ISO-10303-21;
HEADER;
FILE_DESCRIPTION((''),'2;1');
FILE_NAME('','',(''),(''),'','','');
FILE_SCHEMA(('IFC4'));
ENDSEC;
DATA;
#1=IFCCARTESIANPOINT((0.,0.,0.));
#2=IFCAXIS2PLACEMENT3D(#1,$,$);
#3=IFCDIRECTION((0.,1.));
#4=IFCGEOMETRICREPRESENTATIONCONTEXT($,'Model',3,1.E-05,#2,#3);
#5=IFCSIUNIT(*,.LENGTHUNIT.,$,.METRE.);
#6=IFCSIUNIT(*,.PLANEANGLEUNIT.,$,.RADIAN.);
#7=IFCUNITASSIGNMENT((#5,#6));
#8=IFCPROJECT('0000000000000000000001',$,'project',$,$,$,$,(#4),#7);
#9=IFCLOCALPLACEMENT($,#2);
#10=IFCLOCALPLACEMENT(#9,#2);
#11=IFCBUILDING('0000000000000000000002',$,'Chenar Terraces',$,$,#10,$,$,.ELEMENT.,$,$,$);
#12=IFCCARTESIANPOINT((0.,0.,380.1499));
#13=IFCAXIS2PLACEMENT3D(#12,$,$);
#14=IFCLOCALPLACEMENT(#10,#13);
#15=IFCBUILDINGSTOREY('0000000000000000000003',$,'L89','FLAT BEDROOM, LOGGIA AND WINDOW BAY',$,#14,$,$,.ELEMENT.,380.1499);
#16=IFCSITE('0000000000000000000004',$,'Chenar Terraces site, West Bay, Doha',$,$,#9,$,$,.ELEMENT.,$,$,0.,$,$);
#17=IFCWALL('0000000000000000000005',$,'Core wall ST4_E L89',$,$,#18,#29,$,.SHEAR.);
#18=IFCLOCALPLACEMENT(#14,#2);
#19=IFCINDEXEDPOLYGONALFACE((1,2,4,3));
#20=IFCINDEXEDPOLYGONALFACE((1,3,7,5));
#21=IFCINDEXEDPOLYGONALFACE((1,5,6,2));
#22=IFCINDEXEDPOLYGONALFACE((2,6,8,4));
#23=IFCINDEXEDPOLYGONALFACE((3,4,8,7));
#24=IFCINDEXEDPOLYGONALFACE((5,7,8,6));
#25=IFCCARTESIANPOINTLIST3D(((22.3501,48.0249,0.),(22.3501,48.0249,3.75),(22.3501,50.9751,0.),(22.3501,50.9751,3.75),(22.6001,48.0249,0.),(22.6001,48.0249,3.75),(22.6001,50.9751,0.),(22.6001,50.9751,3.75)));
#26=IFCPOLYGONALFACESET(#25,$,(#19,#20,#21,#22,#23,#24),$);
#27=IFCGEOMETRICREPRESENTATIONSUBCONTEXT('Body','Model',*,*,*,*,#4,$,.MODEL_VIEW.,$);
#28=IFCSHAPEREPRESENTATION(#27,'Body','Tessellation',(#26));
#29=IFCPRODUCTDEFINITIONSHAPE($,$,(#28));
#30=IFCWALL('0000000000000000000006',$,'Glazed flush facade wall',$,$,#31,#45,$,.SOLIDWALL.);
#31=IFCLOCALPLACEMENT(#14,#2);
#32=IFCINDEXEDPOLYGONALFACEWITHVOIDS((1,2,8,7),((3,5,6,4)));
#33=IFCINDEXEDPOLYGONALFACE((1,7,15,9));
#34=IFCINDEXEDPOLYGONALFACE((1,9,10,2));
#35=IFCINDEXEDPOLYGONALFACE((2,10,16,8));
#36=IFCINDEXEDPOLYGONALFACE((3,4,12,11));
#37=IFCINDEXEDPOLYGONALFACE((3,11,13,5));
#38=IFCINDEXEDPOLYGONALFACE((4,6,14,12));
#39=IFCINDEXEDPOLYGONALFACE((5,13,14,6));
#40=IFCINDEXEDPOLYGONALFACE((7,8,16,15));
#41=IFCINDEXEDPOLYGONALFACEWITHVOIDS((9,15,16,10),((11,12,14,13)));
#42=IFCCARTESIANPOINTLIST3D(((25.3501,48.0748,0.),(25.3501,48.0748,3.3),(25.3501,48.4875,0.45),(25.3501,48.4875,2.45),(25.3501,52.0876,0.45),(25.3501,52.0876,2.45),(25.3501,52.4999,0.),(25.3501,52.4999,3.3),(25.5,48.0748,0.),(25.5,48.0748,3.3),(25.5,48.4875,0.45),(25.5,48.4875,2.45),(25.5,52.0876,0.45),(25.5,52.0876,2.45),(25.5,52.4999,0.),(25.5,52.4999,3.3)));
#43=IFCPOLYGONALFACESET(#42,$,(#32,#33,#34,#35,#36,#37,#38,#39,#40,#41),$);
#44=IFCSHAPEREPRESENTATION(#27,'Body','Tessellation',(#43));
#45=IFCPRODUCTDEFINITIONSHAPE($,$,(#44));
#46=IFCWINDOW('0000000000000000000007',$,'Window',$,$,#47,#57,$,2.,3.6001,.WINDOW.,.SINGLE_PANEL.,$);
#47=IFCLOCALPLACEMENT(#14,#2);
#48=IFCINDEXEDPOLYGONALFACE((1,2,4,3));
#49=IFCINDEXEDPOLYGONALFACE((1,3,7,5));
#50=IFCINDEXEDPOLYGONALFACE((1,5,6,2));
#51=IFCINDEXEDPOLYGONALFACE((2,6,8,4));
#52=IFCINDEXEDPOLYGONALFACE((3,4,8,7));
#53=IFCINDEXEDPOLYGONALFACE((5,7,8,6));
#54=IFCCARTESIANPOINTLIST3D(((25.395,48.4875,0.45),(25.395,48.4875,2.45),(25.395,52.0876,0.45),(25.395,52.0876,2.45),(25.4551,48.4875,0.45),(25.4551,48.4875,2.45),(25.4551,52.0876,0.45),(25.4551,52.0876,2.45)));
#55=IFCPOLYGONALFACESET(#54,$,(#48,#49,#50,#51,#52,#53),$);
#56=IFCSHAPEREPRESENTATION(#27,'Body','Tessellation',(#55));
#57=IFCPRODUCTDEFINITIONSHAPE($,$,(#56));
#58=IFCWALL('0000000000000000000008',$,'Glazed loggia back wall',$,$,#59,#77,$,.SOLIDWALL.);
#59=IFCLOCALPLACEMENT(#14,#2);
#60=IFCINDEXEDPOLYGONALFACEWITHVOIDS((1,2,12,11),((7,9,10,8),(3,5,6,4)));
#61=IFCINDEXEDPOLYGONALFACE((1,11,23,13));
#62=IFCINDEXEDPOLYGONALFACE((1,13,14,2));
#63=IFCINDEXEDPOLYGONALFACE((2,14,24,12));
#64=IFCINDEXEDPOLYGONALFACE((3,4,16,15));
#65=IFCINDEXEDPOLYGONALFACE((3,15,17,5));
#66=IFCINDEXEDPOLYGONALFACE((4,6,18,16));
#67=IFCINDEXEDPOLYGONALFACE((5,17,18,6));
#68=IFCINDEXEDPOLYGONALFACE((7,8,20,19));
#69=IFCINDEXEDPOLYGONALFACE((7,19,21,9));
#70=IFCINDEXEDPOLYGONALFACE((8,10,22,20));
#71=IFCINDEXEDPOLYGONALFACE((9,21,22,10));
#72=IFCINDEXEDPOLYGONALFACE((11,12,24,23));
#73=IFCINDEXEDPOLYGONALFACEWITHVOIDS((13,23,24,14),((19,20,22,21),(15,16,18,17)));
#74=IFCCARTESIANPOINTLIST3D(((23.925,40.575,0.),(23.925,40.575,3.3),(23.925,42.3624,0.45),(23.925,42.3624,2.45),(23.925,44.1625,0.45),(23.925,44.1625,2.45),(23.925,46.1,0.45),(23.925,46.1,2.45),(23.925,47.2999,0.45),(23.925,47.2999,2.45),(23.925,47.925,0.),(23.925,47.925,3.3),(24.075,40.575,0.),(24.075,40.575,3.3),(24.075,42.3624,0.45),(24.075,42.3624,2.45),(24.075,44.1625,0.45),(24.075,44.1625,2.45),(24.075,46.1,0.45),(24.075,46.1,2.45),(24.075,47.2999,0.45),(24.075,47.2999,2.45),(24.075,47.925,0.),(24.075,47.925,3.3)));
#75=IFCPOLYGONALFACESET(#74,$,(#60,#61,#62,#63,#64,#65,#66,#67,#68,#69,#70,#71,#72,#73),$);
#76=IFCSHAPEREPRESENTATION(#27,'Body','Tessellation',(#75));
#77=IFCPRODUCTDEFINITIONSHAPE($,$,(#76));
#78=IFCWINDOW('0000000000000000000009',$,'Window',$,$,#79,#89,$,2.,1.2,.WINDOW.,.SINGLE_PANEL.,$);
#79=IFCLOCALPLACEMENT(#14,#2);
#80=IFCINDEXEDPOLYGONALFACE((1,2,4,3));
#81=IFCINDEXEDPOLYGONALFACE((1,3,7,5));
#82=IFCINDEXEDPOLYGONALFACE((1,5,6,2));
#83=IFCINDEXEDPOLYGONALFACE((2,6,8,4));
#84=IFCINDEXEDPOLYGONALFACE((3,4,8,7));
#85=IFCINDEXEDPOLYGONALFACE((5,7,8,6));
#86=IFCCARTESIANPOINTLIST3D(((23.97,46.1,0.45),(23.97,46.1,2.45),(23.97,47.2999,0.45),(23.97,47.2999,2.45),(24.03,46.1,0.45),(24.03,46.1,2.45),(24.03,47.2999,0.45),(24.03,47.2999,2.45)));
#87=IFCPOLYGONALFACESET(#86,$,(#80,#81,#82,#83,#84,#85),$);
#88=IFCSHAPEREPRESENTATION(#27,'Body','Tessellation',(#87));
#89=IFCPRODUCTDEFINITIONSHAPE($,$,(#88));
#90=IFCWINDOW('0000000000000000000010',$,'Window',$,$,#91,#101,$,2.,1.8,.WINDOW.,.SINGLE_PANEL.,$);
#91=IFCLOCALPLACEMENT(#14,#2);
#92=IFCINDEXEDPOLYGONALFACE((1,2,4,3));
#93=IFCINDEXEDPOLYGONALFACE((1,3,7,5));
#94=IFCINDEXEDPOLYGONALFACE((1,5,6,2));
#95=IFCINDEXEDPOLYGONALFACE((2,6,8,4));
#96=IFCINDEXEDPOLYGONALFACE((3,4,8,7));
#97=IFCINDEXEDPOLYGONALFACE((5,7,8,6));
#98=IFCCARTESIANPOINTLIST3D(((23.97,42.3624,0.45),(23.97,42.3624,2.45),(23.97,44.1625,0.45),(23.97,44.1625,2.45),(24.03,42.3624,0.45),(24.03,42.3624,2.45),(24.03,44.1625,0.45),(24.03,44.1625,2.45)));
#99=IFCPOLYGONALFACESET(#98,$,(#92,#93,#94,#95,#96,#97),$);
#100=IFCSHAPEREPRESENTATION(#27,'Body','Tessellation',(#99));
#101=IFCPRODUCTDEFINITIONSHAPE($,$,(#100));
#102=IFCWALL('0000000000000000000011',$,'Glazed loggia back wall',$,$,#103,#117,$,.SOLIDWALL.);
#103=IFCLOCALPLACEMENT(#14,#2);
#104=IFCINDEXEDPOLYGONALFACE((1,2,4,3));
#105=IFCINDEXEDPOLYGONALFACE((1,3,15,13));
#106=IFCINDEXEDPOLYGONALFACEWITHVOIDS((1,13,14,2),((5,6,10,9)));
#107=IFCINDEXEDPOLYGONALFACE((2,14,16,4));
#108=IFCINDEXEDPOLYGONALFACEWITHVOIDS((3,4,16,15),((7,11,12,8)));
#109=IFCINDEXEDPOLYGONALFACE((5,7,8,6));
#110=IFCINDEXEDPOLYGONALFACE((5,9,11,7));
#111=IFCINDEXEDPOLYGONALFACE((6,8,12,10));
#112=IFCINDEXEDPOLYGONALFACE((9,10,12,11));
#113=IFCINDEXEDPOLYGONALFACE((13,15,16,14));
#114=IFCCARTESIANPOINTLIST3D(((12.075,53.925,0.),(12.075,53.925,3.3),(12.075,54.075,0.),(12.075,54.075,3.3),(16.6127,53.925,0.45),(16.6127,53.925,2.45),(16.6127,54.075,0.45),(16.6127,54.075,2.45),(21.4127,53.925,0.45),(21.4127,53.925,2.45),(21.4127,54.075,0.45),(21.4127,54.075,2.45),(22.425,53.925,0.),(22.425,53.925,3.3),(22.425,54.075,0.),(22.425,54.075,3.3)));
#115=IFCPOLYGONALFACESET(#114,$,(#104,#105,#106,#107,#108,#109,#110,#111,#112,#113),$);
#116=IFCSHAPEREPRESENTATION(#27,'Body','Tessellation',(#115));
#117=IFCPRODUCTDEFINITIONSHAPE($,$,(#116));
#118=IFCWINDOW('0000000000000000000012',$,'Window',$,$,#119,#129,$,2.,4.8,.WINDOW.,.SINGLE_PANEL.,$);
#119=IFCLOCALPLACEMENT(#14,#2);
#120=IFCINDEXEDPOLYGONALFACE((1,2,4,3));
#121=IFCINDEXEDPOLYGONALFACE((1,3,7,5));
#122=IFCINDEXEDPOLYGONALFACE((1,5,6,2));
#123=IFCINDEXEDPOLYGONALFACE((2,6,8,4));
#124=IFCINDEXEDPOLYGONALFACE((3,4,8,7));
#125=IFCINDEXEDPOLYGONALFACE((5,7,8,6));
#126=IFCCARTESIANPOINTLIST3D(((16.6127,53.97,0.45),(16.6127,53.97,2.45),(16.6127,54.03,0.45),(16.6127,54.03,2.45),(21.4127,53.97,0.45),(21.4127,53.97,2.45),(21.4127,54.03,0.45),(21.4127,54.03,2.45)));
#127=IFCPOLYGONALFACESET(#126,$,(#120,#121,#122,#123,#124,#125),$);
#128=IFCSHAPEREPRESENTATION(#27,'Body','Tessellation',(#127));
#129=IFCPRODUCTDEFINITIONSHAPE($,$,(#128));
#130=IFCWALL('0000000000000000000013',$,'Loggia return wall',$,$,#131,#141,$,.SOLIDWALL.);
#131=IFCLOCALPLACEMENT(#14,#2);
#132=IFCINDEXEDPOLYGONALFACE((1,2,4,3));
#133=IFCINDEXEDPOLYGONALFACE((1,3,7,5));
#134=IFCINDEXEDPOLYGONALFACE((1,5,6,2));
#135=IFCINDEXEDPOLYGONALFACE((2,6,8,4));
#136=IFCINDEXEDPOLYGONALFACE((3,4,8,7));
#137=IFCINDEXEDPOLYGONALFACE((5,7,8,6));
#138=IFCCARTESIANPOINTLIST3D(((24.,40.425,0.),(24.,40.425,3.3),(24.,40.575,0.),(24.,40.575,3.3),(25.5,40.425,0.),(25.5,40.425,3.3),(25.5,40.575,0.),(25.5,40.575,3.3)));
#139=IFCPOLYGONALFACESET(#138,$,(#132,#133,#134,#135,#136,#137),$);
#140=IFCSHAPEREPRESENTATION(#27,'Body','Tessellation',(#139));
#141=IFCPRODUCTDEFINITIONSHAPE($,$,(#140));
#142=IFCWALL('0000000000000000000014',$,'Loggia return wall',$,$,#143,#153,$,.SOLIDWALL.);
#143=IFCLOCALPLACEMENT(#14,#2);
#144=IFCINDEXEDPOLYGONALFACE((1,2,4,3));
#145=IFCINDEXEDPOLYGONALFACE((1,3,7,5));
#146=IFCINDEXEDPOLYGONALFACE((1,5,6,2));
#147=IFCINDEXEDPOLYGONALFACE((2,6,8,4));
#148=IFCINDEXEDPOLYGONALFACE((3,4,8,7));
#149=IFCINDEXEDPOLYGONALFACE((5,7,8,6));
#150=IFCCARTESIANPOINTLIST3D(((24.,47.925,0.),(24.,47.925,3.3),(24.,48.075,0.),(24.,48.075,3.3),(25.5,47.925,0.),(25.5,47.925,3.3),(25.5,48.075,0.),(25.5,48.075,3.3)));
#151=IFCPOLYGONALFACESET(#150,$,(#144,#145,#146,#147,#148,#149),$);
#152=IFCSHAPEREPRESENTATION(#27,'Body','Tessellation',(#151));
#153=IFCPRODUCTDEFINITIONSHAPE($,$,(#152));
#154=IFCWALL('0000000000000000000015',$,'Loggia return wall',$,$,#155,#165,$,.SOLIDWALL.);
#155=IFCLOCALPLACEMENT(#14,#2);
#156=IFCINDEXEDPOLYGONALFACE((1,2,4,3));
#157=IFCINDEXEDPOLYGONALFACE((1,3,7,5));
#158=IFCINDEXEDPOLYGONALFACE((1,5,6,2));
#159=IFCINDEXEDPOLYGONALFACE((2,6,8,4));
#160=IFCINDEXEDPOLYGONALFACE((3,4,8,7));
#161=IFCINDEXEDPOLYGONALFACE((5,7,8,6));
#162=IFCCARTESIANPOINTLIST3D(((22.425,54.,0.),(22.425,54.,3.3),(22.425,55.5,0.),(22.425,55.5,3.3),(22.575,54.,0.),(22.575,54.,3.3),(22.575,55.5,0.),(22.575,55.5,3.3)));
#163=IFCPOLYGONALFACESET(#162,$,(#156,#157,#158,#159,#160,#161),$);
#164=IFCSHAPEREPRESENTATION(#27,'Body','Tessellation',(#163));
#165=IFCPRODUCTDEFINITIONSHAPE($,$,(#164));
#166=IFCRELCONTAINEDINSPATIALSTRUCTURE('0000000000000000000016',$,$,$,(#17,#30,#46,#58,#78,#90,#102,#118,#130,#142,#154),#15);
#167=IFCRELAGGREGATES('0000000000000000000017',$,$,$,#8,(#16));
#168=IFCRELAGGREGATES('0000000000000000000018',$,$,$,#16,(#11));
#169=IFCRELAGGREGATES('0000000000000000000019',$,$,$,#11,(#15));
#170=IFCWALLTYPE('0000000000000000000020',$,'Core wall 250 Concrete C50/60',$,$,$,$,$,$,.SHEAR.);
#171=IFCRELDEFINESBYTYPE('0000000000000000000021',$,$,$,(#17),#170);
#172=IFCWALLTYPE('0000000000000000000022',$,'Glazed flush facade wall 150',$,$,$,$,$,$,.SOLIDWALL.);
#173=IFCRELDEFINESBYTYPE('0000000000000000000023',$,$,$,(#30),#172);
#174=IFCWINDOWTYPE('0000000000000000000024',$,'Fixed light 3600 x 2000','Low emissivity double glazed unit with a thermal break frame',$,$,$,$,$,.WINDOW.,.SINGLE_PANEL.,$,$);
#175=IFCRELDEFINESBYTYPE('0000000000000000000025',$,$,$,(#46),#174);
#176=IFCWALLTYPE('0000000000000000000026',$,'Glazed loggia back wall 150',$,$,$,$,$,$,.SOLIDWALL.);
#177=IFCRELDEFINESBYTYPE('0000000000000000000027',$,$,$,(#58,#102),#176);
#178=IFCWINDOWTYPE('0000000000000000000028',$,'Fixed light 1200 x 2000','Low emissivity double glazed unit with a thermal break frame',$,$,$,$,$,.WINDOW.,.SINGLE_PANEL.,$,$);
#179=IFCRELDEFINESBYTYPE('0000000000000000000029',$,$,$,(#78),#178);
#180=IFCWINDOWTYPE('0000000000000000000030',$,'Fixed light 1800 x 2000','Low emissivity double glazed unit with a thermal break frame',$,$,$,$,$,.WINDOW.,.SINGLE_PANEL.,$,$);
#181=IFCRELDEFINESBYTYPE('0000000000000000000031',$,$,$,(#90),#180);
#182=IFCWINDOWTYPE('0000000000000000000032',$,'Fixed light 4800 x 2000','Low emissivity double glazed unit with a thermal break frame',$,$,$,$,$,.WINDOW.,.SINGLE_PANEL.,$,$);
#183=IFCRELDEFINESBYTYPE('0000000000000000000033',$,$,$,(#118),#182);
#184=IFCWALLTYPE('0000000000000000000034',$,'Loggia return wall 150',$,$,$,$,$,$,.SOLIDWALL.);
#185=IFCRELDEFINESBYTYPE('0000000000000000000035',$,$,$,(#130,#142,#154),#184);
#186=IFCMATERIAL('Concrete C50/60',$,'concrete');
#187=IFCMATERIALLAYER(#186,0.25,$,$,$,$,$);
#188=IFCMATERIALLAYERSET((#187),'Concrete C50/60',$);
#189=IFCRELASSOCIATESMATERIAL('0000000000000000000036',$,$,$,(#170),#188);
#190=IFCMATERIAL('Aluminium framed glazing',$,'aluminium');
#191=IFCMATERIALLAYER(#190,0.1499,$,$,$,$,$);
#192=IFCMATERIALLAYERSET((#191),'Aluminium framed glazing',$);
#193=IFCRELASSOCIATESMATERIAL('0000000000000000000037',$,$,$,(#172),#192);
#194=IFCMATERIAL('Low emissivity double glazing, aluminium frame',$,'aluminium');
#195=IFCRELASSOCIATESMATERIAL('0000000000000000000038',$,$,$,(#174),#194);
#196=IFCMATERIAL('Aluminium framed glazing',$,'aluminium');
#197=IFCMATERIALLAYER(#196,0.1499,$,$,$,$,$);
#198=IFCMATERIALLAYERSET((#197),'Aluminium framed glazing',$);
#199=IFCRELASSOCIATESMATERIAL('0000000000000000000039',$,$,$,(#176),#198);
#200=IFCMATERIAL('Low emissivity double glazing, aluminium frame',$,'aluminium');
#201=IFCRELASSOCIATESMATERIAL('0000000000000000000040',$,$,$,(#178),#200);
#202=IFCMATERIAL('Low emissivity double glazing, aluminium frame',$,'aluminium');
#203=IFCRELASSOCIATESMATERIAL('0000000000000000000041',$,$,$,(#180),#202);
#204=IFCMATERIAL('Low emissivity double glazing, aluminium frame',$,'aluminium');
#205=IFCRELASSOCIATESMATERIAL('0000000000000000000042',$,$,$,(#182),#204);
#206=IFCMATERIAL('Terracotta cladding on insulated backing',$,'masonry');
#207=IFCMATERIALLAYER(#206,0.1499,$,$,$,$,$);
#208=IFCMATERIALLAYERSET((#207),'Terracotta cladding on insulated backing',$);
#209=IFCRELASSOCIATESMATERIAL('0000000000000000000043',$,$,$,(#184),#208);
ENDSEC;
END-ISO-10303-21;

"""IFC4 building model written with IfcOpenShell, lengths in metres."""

from ifc_helpers import new_model, si_unit, direction, frame, frame_2d, origin, place, context, subcontext, project, spatial, rectangle, extrude, material, layer, layer_set, type_object, element, fill, save


model = new_model("IFC4")

# Units and contexts
model_context = context("Model", 3, precision=1e-05, world=origin(), true_north=direction((0.0, 1.0)))
body_context = subcontext(model_context, "Body", "Model", "MODEL_VIEW")
ifc_project = project(units=[si_unit("LENGTHUNIT", "METRE"), si_unit("PLANEANGLEUNIT", "RADIAN")], contexts=[model_context])

# Site, building, storey
site_placement = place(None, origin())
site = spatial("IfcSite", under=ifc_project, at=site_placement, Name="Chenar Terraces site, West Bay, Doha", CompositionType="ELEMENT", RefElevation=0.0)
building_placement = place(site_placement, origin())
building = spatial("IfcBuilding", under=site, at=building_placement, Name="Chenar Terraces", CompositionType="ELEMENT")
storey_placement = place(building_placement, frame((0.0, 0.0, 380.1499)))
storey = spatial("IfcBuildingStorey", under=building, at=storey_placement, Name="L89", Description="FLAT BEDROOM, LOGGIA AND WINDOW BAY", CompositionType="ELEMENT", Elevation=380.1499)

# Wall
ifc_material_1 = material(Name="Concrete C50/60", Category="concrete")
ifc_layer_1 = layer(ifc_material_1, 0.25)
ifc_layer_set_1 = layer_set([ifc_layer_1], Name="Concrete C50/60")
wall_type_1 = type_object("IfcWallType", Name="Core wall 250 Concrete C50/60", PredefinedType="SHEAR", material=ifc_layer_set_1)
wall_1_placement = place(storey_placement, frame((22.4751, 48.0249, 0.0), z_axis=(0.0, 0.0, 1.0), x_axis=(0.0, 1.0, 0.0)))
element("IfcWall", 1, at=wall_1_placement, inside=storey, type_object=wall_type_1, Name="Core wall ST4_E L89", PredefinedType="SHEAR", context=body_context, shape_type="SweptSolid", body=[
    extrude(rectangle(XDim=2.9502, YDim=0.25, at=frame_2d((1.4751, 0.0))), origin(), (0.0, 0.0, 1.0), 3.75),
])

# Wall, opening, window
ifc_material_2 = material(Name="Aluminium framed glazing", Category="aluminium")
ifc_layer_2 = layer(ifc_material_2, 0.1499)
ifc_layer_set_2 = layer_set([ifc_layer_2], Name="Aluminium framed glazing")
wall_type_2 = type_object("IfcWallType", Name="Glazed flush facade wall 150", PredefinedType="SOLIDWALL", material=ifc_layer_set_2)
wall_2_placement = place(storey_placement, frame((25.425, 48.075, 0.0), z_axis=(0.0, 0.0, 1.0), x_axis=(0.0, 1.0, 0.0)))
wall_2 = element("IfcWall", 2, at=wall_2_placement, inside=storey, type_object=wall_type_2, Name="Glazed flush facade wall", PredefinedType="SOLIDWALL", context=body_context, shape_type="SweptSolid", body=[
    extrude(rectangle(XDim=4.425, YDim=0.1499, at=frame_2d((2.2124, 0.0))), origin(), (0.0, 0.0, 1.0), 3.3),
])
opening_1_placement = place(wall_2_placement, frame((0.4126, 0.0, 0.45)))
opening_1 = element("IfcOpeningElement", 3, at=opening_1_placement, cuts=wall_2, PredefinedType="OPENING", context=body_context, shape_type="SweptSolid", body=[
    extrude(rectangle(XDim=3.6001, YDim=2.0, at=frame_2d((1.8, 1.0))), frame((0.0, 0.085, 0.0), z_axis=(0.0, -1.0, 0.0), x_axis=(1.0, 0.0, 0.0)), (0.0, 0.0, 1.0), 0.1699),
])
ifc_material_3 = material(Name="Low emissivity double glazing, aluminium frame", Category="aluminium")
window_type_1 = type_object("IfcWindowType", Name="Fixed light 3600 x 2000", Description="Low emissivity double glazed unit with a thermal break frame", PartitioningType="SINGLE_PANEL", PredefinedType="WINDOW", material=ifc_material_3)
window_1_placement = place(opening_1_placement, origin())
window_1 = element("IfcWindow", 4, at=window_1_placement, inside=storey, type_object=window_type_1, Name="Window", OverallHeight=2.0, OverallWidth=3.6001, PartitioningType="SINGLE_PANEL", PredefinedType="WINDOW", context=body_context, shape_type="SweptSolid", body=[
    extrude(rectangle(XDim=3.6001, YDim=2.0, at=frame_2d((1.8, 1.0))), frame((0.0, 0.03, 0.0), z_axis=(0.0, -1.0, 0.0), x_axis=(1.0, 0.0, 0.0)), (0.0, 0.0, 1.0), 0.0601),
])
fill(opening_1, window_1)

# Wall, openings, windows
ifc_material_4 = material(Name="Aluminium framed glazing", Category="aluminium")
ifc_layer_3 = layer(ifc_material_4, 0.1499)
ifc_layer_set_3 = layer_set([ifc_layer_3], Name="Aluminium framed glazing")
wall_type_3 = type_object("IfcWallType", Name="Glazed loggia back wall 150", PredefinedType="SOLIDWALL", material=ifc_layer_set_3)
wall_3_placement = place(storey_placement, frame((24.0, 40.575, 0.0), z_axis=(0.0, 0.0, 1.0), x_axis=(0.0, 1.0, 0.0)))
wall_3 = element("IfcWall", 5, at=wall_3_placement, inside=storey, type_object=wall_type_3, Name="Glazed loggia back wall", PredefinedType="SOLIDWALL", context=body_context, shape_type="SweptSolid", body=[
    extrude(rectangle(XDim=7.3501, YDim=0.1499, at=frame_2d((3.675, 0.0))), origin(), (0.0, 0.0, 1.0), 3.3),
])
opening_2_placement = place(wall_3_placement, frame((1.7876, 0.0, 0.45)))
opening_2 = element("IfcOpeningElement", 6, at=opening_2_placement, cuts=wall_3, PredefinedType="OPENING", context=body_context, shape_type="SweptSolid", body=[
    extrude(rectangle(XDim=1.8, YDim=2.0, at=frame_2d((0.8999, 1.0))), frame((0.0, 0.085, 0.0), z_axis=(0.0, -1.0, 0.0), x_axis=(1.0, 0.0, 0.0)), (0.0, 0.0, 1.0), 0.1699),
])
opening_3_placement = place(wall_3_placement, frame((5.5249, 0.0, 0.45)))
opening_3 = element("IfcOpeningElement", 7, at=opening_3_placement, cuts=wall_3, PredefinedType="OPENING", context=body_context, shape_type="SweptSolid", body=[
    extrude(rectangle(XDim=1.2, YDim=2.0, at=frame_2d((0.6001, 1.0))), frame((0.0, 0.085, 0.0), z_axis=(0.0, -1.0, 0.0), x_axis=(1.0, 0.0, 0.0)), (0.0, 0.0, 1.0), 0.1699),
])
ifc_material_5 = material(Name="Low emissivity double glazing, aluminium frame", Category="aluminium")
window_type_2 = type_object("IfcWindowType", Name="Fixed light 1200 x 2000", Description="Low emissivity double glazed unit with a thermal break frame", PartitioningType="SINGLE_PANEL", PredefinedType="WINDOW", material=ifc_material_5)
window_2_placement = place(opening_3_placement, origin())
window_2 = element("IfcWindow", 8, at=window_2_placement, inside=storey, type_object=window_type_2, Name="Window", OverallHeight=2.0, OverallWidth=1.2, PartitioningType="SINGLE_PANEL", PredefinedType="WINDOW", context=body_context, shape_type="SweptSolid", body=[
    extrude(rectangle(XDim=1.2, YDim=2.0, at=frame_2d((0.6001, 1.0))), frame((0.0, 0.03, 0.0), z_axis=(0.0, -1.0, 0.0), x_axis=(1.0, 0.0, 0.0)), (0.0, 0.0, 1.0), 0.0601),
])
fill(opening_3, window_2)
ifc_material_6 = material(Name="Low emissivity double glazing, aluminium frame", Category="aluminium")
window_type_3 = type_object("IfcWindowType", Name="Fixed light 1800 x 2000", Description="Low emissivity double glazed unit with a thermal break frame", PartitioningType="SINGLE_PANEL", PredefinedType="WINDOW", material=ifc_material_6)
window_3_placement = place(opening_2_placement, origin())
window_3 = element("IfcWindow", 9, at=window_3_placement, inside=storey, type_object=window_type_3, Name="Window", OverallHeight=2.0, OverallWidth=1.8, PartitioningType="SINGLE_PANEL", PredefinedType="WINDOW", context=body_context, shape_type="SweptSolid", body=[
    extrude(rectangle(XDim=1.8, YDim=2.0, at=frame_2d((0.8999, 1.0))), frame((0.0, 0.03, 0.0), z_axis=(0.0, -1.0, 0.0), x_axis=(1.0, 0.0, 0.0)), (0.0, 0.0, 1.0), 0.0601),
])
fill(opening_2, window_3)

# Wall, opening, window
wall_4_placement = place(storey_placement, frame((22.425, 54.0, 0.0), z_axis=(0.0, 0.0, 1.0), x_axis=(-1.0, 0.0, 0.0)))
wall_4 = element("IfcWall", 10, at=wall_4_placement, inside=storey, type_object=wall_type_3, Name="Glazed loggia back wall", PredefinedType="SOLIDWALL", context=body_context, shape_type="SweptSolid", body=[
    extrude(rectangle(XDim=10.3501, YDim=0.1499, at=frame_2d((5.175, 0.0))), origin(), (0.0, 0.0, 1.0), 3.3),
])
opening_4_placement = place(wall_4_placement, frame((1.0125, 0.0, 0.45)))
opening_4 = element("IfcOpeningElement", 11, at=opening_4_placement, cuts=wall_4, PredefinedType="OPENING", context=body_context, shape_type="SweptSolid", body=[
    extrude(rectangle(XDim=4.8, YDim=2.0, at=frame_2d((2.3999, 1.0))), frame((0.0, 0.085, 0.0), z_axis=(0.0, -1.0, 0.0), x_axis=(1.0, 0.0, 0.0)), (0.0, 0.0, 1.0), 0.1699),
])
ifc_material_7 = material(Name="Low emissivity double glazing, aluminium frame", Category="aluminium")
window_type_4 = type_object("IfcWindowType", Name="Fixed light 4800 x 2000", Description="Low emissivity double glazed unit with a thermal break frame", PartitioningType="SINGLE_PANEL", PredefinedType="WINDOW", material=ifc_material_7)
window_4_placement = place(opening_4_placement, origin())
window_4 = element("IfcWindow", 12, at=window_4_placement, inside=storey, type_object=window_type_4, Name="Window", OverallHeight=2.0, OverallWidth=4.8, PartitioningType="SINGLE_PANEL", PredefinedType="WINDOW", context=body_context, shape_type="SweptSolid", body=[
    extrude(rectangle(XDim=4.8, YDim=2.0, at=frame_2d((2.3999, 1.0))), frame((0.0, 0.03, 0.0), z_axis=(0.0, -1.0, 0.0), x_axis=(1.0, 0.0, 0.0)), (0.0, 0.0, 1.0), 0.0601),
])
fill(opening_4, window_4)

# Walls
ifc_material_8 = material(Name="Terracotta cladding on insulated backing", Category="masonry")
ifc_layer_4 = layer(ifc_material_8, 0.1499)
ifc_layer_set_4 = layer_set([ifc_layer_4], Name="Terracotta cladding on insulated backing")
wall_type_4 = type_object("IfcWallType", Name="Loggia return wall 150", PredefinedType="SOLIDWALL", material=ifc_layer_set_4)
for number, where, z_axis, x_axis, name in (
    (13, (25.5, 40.5, 0.0), (0.0, 0.0, 1.0), (-1.0, 0.0, 0.0), "Loggia return wall"),
    (14, (25.5, 48.0, 0.0), (0.0, 0.0, 1.0), (-1.0, 0.0, 0.0), "Loggia return wall"),
    (15, (22.5, 55.5, 0.0), (0.0, 0.0, 1.0), (0.0, -1.0, 0.0), "Loggia return wall"),
):
    element("IfcWall", number, at=place(storey_placement, frame(where, z_axis=z_axis, x_axis=x_axis)), inside=storey, type_object=wall_type_4, Name=name, PredefinedType="SOLIDWALL", context=body_context, shape_type="SweptSolid", body=[
        extrude(rectangle(XDim=1.5, YDim=0.1499, at=frame_2d((0.75, 0.0))), origin(), (0.0, 0.0, 1.0), 3.3),
    ])

save(model, "model.ifc")
